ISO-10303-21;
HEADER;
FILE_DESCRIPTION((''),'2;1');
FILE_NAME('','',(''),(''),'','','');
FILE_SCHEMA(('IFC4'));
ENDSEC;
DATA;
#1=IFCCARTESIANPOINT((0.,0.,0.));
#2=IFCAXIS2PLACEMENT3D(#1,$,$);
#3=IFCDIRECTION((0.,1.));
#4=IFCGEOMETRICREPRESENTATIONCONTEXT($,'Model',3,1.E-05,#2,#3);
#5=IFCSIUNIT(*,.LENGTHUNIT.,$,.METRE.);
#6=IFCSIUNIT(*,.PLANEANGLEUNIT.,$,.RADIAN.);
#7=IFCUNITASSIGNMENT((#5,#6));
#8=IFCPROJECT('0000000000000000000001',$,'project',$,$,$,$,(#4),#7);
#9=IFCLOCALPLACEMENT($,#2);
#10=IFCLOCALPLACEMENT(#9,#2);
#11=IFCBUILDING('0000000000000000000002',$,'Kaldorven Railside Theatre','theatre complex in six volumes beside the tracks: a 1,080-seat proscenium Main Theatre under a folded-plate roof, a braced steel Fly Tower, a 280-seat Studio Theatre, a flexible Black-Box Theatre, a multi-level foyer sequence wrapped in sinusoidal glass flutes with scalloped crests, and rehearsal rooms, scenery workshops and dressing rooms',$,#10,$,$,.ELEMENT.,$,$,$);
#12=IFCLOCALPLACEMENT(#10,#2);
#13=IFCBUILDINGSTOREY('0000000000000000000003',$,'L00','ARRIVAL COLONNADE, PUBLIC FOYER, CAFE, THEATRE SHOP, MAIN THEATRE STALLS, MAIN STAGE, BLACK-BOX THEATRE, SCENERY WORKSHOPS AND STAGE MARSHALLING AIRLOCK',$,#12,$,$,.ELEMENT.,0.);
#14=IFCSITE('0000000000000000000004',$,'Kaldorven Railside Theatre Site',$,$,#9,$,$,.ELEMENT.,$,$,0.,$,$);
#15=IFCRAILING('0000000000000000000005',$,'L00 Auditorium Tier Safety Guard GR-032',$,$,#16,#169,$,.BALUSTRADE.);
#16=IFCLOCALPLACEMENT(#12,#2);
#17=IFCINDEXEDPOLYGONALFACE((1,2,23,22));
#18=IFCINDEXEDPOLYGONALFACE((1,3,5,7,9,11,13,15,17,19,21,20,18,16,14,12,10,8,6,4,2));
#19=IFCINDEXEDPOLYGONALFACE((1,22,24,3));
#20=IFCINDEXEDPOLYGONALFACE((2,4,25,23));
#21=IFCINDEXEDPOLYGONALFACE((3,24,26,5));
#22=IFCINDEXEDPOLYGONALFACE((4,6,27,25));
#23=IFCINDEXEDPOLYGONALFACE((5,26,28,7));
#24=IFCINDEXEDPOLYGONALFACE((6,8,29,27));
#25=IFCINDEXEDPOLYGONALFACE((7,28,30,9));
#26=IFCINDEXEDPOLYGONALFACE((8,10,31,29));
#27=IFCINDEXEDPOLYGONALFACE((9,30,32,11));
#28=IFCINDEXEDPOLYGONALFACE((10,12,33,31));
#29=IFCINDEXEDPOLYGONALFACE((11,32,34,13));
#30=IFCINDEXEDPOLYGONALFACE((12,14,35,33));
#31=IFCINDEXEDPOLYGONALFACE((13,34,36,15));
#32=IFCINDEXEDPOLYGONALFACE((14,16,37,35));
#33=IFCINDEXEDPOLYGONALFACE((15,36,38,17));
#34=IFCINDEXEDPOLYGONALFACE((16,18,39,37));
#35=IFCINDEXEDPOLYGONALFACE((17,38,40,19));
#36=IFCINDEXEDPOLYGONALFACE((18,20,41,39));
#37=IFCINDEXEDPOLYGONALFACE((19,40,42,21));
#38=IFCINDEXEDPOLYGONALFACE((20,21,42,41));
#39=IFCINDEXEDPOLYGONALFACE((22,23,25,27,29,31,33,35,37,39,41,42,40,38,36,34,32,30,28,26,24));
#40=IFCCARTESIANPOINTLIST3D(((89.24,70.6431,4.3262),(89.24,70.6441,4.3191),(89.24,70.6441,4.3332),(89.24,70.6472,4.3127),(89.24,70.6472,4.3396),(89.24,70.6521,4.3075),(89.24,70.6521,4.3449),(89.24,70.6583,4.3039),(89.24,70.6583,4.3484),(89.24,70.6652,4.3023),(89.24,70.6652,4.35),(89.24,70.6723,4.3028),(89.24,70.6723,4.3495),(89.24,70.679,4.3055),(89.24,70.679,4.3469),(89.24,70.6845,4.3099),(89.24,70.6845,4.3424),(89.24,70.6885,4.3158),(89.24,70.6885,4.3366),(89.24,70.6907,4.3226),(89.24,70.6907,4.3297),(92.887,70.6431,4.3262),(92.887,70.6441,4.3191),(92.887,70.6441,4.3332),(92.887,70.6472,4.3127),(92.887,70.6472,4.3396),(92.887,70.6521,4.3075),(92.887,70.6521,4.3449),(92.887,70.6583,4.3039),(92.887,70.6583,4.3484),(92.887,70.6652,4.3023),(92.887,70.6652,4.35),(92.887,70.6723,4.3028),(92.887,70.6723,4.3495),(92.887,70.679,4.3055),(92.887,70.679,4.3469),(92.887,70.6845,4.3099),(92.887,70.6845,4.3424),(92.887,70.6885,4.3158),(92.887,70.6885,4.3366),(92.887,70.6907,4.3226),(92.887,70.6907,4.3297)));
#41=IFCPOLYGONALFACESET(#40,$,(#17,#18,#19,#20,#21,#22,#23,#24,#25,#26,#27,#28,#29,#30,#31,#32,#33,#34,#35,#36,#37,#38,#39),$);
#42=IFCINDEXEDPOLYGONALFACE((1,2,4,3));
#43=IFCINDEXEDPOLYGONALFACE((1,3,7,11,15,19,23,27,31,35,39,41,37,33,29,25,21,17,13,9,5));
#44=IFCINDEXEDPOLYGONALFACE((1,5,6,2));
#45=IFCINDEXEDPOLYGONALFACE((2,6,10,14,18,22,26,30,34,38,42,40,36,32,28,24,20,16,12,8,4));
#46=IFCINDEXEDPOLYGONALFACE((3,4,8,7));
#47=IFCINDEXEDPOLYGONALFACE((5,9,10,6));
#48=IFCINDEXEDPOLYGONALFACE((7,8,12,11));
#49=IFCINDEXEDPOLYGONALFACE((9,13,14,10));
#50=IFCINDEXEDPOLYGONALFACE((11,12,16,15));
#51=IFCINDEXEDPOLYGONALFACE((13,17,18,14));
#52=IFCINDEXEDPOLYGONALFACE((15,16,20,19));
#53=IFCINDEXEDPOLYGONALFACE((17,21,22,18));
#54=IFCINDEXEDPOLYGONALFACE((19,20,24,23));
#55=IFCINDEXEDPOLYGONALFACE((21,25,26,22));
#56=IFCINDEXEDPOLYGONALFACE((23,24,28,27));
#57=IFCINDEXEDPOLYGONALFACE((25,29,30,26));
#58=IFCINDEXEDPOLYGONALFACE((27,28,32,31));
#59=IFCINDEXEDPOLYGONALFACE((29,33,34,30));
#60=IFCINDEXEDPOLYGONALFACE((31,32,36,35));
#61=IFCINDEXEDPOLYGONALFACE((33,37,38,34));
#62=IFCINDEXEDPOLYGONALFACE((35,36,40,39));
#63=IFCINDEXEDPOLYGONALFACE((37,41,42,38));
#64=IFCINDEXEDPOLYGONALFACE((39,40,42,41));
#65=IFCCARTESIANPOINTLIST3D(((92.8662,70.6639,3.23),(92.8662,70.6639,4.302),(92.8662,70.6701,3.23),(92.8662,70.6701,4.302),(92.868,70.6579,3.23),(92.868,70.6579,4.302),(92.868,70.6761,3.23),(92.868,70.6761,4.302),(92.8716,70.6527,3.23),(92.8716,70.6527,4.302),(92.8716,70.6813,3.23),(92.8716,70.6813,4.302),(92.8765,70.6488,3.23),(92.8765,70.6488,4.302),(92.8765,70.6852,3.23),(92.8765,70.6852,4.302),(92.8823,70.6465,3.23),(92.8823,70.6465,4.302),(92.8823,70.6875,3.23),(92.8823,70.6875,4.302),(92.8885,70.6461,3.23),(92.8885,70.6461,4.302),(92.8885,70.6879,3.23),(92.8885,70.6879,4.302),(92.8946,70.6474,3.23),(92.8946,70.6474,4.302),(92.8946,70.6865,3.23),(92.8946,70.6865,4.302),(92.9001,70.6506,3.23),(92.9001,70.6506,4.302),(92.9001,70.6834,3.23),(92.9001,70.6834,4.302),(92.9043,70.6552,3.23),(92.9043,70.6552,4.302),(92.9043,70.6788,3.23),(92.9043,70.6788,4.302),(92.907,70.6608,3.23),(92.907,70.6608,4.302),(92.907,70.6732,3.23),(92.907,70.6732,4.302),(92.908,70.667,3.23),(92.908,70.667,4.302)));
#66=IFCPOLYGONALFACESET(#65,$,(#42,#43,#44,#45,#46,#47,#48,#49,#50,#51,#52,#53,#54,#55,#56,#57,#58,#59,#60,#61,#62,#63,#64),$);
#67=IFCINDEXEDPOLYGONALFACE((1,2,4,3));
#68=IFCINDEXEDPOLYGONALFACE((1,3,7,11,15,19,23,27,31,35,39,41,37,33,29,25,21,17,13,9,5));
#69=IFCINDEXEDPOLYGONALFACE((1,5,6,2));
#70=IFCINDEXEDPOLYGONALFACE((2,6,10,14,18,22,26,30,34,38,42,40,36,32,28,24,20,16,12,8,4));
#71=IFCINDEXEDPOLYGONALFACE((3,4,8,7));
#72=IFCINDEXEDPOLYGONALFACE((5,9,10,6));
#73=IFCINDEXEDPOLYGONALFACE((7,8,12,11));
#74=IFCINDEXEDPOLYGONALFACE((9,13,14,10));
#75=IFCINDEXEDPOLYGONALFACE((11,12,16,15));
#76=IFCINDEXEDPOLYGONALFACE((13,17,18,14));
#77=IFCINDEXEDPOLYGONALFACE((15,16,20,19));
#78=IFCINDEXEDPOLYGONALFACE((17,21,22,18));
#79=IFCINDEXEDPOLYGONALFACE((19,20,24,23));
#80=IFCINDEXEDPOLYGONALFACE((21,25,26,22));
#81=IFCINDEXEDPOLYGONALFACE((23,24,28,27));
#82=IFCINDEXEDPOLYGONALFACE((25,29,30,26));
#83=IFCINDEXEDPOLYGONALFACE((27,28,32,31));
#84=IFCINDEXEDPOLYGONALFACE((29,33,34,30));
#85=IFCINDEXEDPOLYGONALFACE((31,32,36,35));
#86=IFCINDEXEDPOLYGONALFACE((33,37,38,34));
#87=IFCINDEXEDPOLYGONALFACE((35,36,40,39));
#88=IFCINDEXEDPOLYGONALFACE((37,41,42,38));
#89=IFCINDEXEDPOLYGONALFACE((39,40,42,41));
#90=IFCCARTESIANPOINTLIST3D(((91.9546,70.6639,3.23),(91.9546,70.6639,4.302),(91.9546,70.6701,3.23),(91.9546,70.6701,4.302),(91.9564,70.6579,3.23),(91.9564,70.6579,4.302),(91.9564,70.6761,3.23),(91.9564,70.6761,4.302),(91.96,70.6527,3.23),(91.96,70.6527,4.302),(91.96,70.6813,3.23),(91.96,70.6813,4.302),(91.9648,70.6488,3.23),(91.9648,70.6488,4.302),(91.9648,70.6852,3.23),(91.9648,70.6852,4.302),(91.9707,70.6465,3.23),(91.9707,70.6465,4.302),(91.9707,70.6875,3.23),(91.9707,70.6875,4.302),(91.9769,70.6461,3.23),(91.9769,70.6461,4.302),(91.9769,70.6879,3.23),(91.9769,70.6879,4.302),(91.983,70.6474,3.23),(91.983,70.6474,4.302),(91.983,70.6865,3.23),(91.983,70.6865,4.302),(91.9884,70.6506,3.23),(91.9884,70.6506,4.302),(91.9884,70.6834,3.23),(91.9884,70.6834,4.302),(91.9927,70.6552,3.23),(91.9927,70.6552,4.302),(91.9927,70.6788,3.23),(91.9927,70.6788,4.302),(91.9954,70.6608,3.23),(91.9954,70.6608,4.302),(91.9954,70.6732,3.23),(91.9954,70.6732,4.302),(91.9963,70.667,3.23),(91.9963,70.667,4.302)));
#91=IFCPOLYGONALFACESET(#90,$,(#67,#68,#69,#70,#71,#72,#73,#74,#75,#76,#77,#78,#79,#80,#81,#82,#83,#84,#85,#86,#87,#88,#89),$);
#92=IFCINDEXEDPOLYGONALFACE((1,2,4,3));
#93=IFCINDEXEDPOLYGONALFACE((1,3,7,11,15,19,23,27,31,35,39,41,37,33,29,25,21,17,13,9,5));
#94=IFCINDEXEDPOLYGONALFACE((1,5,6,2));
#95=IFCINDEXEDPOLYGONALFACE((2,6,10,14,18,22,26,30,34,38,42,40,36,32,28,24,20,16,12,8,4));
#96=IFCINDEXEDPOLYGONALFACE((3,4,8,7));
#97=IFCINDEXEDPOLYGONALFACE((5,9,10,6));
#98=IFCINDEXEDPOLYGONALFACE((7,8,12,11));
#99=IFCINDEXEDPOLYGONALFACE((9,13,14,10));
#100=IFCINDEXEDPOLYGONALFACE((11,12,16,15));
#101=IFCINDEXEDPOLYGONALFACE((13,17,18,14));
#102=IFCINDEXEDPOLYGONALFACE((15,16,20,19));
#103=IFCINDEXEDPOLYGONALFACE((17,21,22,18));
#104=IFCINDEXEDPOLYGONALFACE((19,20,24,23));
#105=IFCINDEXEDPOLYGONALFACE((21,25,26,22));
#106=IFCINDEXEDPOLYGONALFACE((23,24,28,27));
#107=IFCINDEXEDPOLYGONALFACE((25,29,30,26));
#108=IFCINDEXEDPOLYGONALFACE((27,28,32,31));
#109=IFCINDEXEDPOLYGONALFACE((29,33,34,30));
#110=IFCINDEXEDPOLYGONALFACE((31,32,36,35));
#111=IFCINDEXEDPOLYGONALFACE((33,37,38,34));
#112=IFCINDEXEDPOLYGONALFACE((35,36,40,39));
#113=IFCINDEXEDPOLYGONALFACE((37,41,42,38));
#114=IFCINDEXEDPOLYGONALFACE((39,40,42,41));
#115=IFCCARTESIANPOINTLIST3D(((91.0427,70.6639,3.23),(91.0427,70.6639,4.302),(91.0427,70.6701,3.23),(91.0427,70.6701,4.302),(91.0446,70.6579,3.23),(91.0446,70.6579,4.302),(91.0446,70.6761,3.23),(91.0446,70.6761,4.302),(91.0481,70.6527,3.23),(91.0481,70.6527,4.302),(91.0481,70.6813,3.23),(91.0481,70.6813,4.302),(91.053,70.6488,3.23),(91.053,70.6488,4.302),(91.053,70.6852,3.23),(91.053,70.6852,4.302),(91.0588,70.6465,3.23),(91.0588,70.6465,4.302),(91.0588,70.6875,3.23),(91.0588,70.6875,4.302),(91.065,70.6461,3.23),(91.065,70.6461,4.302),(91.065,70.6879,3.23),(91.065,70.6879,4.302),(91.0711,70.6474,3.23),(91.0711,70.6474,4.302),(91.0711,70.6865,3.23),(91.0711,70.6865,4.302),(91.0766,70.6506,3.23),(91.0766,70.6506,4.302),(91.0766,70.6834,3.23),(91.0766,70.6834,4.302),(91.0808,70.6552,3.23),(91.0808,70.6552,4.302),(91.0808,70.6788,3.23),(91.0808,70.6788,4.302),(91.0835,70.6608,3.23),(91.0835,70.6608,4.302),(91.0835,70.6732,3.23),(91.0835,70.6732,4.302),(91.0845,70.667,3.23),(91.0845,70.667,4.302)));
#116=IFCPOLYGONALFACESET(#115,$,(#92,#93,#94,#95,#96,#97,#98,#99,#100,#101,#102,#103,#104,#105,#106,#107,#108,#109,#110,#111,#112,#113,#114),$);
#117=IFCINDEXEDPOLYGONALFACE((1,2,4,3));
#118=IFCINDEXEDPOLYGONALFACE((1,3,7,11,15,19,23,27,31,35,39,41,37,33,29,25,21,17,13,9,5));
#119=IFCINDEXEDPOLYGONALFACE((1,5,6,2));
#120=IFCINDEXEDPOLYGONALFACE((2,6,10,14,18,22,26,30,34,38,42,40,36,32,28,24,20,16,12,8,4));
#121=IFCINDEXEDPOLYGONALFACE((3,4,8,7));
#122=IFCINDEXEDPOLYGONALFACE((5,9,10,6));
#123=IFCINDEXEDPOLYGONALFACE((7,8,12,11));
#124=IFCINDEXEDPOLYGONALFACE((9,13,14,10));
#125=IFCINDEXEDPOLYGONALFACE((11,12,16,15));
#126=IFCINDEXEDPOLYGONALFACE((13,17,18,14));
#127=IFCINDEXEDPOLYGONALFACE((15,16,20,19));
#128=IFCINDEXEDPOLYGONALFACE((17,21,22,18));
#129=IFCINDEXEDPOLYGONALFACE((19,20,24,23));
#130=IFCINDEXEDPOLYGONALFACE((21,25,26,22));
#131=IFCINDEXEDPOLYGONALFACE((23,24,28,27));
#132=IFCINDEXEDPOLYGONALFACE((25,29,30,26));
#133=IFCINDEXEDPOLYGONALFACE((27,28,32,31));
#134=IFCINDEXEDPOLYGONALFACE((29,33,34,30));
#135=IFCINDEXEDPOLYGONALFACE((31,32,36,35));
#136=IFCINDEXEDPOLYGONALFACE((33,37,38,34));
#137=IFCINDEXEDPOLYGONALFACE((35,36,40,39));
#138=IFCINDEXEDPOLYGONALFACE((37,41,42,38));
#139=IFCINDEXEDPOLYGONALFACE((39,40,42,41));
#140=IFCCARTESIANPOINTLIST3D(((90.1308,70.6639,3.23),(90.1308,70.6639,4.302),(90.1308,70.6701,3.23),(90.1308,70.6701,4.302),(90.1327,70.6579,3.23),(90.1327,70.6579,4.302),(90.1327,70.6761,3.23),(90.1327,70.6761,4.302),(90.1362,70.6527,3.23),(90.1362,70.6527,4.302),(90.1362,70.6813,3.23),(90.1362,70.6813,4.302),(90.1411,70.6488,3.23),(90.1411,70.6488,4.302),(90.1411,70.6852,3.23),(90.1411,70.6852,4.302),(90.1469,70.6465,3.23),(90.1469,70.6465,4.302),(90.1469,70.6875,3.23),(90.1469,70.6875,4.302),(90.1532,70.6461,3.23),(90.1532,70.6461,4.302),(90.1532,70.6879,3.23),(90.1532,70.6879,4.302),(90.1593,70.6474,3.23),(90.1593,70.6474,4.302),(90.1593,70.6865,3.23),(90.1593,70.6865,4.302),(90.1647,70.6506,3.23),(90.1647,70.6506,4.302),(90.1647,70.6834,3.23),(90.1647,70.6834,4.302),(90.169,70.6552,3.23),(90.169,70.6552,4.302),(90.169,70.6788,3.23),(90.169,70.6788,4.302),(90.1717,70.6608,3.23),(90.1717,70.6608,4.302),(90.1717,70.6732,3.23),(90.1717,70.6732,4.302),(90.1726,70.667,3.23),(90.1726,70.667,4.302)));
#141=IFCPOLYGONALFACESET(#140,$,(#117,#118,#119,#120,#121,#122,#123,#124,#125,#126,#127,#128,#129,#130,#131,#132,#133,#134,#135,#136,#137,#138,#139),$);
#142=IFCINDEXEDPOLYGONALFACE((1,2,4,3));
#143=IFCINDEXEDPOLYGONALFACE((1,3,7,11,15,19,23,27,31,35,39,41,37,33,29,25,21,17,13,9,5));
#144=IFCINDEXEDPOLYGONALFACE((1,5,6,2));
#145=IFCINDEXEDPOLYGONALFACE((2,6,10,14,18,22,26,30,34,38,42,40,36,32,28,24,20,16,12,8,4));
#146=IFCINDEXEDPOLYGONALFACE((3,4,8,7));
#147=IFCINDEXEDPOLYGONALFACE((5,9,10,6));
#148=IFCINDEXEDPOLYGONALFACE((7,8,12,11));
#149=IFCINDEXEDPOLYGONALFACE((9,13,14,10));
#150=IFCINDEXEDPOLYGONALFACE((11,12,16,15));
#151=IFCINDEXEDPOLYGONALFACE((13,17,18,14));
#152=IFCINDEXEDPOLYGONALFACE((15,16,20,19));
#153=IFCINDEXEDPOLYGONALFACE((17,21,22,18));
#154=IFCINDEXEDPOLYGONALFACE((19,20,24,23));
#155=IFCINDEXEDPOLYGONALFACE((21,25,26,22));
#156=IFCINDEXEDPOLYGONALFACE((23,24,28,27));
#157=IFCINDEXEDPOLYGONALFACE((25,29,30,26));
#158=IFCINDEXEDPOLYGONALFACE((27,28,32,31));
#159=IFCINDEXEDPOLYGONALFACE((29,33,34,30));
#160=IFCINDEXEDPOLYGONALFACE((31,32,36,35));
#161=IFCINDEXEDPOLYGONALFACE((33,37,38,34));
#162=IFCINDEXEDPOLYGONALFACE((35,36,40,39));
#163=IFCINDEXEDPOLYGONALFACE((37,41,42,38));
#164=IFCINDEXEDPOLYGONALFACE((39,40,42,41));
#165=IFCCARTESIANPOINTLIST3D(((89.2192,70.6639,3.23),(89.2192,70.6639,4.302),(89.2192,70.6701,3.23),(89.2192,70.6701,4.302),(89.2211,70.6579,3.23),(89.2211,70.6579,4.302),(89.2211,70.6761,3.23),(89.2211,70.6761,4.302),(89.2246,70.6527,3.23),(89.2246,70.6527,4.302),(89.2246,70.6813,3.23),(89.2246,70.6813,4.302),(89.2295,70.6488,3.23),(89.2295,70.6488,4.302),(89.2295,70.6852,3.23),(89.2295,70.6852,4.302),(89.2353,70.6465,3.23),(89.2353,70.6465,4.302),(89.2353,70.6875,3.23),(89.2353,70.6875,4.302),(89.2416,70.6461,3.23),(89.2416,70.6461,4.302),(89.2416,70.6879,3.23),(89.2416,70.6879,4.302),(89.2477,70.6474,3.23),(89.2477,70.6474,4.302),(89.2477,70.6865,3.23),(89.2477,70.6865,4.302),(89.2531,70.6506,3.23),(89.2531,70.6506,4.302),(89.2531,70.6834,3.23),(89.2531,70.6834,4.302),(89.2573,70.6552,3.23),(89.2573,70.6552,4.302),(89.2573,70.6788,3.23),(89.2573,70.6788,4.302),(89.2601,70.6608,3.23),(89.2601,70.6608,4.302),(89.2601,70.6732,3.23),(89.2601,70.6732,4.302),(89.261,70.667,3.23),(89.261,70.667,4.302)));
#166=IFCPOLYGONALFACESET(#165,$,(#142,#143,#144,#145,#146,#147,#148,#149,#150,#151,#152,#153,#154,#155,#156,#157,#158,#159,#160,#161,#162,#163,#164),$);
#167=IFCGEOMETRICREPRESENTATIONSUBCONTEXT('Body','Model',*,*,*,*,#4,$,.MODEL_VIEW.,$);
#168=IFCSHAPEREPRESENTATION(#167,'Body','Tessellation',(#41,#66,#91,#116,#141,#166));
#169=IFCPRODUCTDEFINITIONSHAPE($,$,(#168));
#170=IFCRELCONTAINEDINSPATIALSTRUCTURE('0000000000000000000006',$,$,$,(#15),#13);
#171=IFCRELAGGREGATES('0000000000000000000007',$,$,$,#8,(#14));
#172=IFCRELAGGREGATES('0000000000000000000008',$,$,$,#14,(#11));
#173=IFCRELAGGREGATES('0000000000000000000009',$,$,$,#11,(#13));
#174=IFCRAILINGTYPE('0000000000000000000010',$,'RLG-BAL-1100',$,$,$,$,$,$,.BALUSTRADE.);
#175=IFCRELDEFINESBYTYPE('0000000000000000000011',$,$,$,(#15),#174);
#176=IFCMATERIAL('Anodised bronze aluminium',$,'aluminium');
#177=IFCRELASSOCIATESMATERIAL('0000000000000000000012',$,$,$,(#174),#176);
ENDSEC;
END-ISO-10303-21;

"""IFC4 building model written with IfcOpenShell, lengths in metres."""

from ifc_helpers import new_model, si_unit, direction, frame, origin, origin_2d, place, context, subcontext, project, spatial, circle, extrude, material, type_object, element, save


model = new_model("IFC4")

# Units and contexts
model_context = context("Model", 3, precision=1e-05, world=origin(), true_north=direction((0.0, 1.0)))
body_context = subcontext(model_context, "Body", "Model", "MODEL_VIEW")
ifc_project = project(units=[si_unit("LENGTHUNIT", "METRE"), si_unit("PLANEANGLEUNIT", "RADIAN")], contexts=[model_context])

# Site, building, storey
site_placement = place(None, origin())
site = spatial("IfcSite", under=ifc_project, at=site_placement, Name="Kaldorven Railside Theatre Site", CompositionType="ELEMENT", RefElevation=0.0)
building_placement = place(site_placement, origin())
building = spatial("IfcBuilding", under=site, at=building_placement, Name="Kaldorven Railside Theatre", Description="theatre complex in six volumes beside the tracks: a 1,080-seat proscenium Main Theatre under a folded-plate roof, a braced steel Fly Tower, a 280-seat Studio Theatre, a flexible Black-Box Theatre, a multi-level foyer sequence wrapped in sinusoidal glass flutes with scalloped crests, and rehearsal rooms, scenery workshops and dressing rooms", CompositionType="ELEMENT")
storey_placement = place(building_placement, origin())
storey = spatial("IfcBuildingStorey", under=building, at=storey_placement, Name="L00", Description="ARRIVAL COLONNADE, PUBLIC FOYER, CAFE, THEATRE SHOP, MAIN THEATRE STALLS, MAIN STAGE, BLACK-BOX THEATRE, SCENERY WORKSHOPS AND STAGE MARSHALLING AIRLOCK", CompositionType="ELEMENT", Elevation=0.0)

# Railing
ifc_material_1 = material(Name="Anodised bronze aluminium", Category="aluminium")
railing_type = type_object("IfcRailingType", Name="RLG-BAL-1100", PredefinedType="BALUSTRADE", material=ifc_material_1)
for number, where, name in (
    (1, (92.887, 70.667, 3.23), "L00 Auditorium Tier Safety Guard GR-032"),
):
    element("IfcRailing", number, at=place(storey_placement, frame(where)), inside=storey, type_object=railing_type, Name=name, PredefinedType="BALUSTRADE", context=body_context, shape_type="SweptSolid", body=[
        extrude(circle(Radius=0.0239, at=origin_2d()), frame((0.0, 0.0, 1.0962), z_axis=(-1.0, 0.0, 0.0), x_axis=(0.0, -1.0, 0.0)), (0.0, 0.0, 1.0), 3.647),
        extrude(circle(Radius=0.021, at=origin_2d()), origin(), (0.0, 0.0, 1.0), 1.072),
        extrude(circle(Radius=0.021, at=origin_2d()), frame((-0.9116, 0.0, 0.0)), (0.0, 0.0, 1.0), 1.072),
        extrude(circle(Radius=0.021, at=origin_2d()), frame((-1.8235, 0.0, 0.0)), (0.0, 0.0, 1.0), 1.072),
        extrude(circle(Radius=0.021, at=origin_2d()), frame((-2.7354, 0.0, 0.0)), (0.0, 0.0, 1.0), 1.072),
        extrude(circle(Radius=0.021, at=origin_2d()), frame((-3.647, 0.0, 0.0)), (0.0, 0.0, 1.0), 1.072),
    ])

save(model, "model.ifc")
